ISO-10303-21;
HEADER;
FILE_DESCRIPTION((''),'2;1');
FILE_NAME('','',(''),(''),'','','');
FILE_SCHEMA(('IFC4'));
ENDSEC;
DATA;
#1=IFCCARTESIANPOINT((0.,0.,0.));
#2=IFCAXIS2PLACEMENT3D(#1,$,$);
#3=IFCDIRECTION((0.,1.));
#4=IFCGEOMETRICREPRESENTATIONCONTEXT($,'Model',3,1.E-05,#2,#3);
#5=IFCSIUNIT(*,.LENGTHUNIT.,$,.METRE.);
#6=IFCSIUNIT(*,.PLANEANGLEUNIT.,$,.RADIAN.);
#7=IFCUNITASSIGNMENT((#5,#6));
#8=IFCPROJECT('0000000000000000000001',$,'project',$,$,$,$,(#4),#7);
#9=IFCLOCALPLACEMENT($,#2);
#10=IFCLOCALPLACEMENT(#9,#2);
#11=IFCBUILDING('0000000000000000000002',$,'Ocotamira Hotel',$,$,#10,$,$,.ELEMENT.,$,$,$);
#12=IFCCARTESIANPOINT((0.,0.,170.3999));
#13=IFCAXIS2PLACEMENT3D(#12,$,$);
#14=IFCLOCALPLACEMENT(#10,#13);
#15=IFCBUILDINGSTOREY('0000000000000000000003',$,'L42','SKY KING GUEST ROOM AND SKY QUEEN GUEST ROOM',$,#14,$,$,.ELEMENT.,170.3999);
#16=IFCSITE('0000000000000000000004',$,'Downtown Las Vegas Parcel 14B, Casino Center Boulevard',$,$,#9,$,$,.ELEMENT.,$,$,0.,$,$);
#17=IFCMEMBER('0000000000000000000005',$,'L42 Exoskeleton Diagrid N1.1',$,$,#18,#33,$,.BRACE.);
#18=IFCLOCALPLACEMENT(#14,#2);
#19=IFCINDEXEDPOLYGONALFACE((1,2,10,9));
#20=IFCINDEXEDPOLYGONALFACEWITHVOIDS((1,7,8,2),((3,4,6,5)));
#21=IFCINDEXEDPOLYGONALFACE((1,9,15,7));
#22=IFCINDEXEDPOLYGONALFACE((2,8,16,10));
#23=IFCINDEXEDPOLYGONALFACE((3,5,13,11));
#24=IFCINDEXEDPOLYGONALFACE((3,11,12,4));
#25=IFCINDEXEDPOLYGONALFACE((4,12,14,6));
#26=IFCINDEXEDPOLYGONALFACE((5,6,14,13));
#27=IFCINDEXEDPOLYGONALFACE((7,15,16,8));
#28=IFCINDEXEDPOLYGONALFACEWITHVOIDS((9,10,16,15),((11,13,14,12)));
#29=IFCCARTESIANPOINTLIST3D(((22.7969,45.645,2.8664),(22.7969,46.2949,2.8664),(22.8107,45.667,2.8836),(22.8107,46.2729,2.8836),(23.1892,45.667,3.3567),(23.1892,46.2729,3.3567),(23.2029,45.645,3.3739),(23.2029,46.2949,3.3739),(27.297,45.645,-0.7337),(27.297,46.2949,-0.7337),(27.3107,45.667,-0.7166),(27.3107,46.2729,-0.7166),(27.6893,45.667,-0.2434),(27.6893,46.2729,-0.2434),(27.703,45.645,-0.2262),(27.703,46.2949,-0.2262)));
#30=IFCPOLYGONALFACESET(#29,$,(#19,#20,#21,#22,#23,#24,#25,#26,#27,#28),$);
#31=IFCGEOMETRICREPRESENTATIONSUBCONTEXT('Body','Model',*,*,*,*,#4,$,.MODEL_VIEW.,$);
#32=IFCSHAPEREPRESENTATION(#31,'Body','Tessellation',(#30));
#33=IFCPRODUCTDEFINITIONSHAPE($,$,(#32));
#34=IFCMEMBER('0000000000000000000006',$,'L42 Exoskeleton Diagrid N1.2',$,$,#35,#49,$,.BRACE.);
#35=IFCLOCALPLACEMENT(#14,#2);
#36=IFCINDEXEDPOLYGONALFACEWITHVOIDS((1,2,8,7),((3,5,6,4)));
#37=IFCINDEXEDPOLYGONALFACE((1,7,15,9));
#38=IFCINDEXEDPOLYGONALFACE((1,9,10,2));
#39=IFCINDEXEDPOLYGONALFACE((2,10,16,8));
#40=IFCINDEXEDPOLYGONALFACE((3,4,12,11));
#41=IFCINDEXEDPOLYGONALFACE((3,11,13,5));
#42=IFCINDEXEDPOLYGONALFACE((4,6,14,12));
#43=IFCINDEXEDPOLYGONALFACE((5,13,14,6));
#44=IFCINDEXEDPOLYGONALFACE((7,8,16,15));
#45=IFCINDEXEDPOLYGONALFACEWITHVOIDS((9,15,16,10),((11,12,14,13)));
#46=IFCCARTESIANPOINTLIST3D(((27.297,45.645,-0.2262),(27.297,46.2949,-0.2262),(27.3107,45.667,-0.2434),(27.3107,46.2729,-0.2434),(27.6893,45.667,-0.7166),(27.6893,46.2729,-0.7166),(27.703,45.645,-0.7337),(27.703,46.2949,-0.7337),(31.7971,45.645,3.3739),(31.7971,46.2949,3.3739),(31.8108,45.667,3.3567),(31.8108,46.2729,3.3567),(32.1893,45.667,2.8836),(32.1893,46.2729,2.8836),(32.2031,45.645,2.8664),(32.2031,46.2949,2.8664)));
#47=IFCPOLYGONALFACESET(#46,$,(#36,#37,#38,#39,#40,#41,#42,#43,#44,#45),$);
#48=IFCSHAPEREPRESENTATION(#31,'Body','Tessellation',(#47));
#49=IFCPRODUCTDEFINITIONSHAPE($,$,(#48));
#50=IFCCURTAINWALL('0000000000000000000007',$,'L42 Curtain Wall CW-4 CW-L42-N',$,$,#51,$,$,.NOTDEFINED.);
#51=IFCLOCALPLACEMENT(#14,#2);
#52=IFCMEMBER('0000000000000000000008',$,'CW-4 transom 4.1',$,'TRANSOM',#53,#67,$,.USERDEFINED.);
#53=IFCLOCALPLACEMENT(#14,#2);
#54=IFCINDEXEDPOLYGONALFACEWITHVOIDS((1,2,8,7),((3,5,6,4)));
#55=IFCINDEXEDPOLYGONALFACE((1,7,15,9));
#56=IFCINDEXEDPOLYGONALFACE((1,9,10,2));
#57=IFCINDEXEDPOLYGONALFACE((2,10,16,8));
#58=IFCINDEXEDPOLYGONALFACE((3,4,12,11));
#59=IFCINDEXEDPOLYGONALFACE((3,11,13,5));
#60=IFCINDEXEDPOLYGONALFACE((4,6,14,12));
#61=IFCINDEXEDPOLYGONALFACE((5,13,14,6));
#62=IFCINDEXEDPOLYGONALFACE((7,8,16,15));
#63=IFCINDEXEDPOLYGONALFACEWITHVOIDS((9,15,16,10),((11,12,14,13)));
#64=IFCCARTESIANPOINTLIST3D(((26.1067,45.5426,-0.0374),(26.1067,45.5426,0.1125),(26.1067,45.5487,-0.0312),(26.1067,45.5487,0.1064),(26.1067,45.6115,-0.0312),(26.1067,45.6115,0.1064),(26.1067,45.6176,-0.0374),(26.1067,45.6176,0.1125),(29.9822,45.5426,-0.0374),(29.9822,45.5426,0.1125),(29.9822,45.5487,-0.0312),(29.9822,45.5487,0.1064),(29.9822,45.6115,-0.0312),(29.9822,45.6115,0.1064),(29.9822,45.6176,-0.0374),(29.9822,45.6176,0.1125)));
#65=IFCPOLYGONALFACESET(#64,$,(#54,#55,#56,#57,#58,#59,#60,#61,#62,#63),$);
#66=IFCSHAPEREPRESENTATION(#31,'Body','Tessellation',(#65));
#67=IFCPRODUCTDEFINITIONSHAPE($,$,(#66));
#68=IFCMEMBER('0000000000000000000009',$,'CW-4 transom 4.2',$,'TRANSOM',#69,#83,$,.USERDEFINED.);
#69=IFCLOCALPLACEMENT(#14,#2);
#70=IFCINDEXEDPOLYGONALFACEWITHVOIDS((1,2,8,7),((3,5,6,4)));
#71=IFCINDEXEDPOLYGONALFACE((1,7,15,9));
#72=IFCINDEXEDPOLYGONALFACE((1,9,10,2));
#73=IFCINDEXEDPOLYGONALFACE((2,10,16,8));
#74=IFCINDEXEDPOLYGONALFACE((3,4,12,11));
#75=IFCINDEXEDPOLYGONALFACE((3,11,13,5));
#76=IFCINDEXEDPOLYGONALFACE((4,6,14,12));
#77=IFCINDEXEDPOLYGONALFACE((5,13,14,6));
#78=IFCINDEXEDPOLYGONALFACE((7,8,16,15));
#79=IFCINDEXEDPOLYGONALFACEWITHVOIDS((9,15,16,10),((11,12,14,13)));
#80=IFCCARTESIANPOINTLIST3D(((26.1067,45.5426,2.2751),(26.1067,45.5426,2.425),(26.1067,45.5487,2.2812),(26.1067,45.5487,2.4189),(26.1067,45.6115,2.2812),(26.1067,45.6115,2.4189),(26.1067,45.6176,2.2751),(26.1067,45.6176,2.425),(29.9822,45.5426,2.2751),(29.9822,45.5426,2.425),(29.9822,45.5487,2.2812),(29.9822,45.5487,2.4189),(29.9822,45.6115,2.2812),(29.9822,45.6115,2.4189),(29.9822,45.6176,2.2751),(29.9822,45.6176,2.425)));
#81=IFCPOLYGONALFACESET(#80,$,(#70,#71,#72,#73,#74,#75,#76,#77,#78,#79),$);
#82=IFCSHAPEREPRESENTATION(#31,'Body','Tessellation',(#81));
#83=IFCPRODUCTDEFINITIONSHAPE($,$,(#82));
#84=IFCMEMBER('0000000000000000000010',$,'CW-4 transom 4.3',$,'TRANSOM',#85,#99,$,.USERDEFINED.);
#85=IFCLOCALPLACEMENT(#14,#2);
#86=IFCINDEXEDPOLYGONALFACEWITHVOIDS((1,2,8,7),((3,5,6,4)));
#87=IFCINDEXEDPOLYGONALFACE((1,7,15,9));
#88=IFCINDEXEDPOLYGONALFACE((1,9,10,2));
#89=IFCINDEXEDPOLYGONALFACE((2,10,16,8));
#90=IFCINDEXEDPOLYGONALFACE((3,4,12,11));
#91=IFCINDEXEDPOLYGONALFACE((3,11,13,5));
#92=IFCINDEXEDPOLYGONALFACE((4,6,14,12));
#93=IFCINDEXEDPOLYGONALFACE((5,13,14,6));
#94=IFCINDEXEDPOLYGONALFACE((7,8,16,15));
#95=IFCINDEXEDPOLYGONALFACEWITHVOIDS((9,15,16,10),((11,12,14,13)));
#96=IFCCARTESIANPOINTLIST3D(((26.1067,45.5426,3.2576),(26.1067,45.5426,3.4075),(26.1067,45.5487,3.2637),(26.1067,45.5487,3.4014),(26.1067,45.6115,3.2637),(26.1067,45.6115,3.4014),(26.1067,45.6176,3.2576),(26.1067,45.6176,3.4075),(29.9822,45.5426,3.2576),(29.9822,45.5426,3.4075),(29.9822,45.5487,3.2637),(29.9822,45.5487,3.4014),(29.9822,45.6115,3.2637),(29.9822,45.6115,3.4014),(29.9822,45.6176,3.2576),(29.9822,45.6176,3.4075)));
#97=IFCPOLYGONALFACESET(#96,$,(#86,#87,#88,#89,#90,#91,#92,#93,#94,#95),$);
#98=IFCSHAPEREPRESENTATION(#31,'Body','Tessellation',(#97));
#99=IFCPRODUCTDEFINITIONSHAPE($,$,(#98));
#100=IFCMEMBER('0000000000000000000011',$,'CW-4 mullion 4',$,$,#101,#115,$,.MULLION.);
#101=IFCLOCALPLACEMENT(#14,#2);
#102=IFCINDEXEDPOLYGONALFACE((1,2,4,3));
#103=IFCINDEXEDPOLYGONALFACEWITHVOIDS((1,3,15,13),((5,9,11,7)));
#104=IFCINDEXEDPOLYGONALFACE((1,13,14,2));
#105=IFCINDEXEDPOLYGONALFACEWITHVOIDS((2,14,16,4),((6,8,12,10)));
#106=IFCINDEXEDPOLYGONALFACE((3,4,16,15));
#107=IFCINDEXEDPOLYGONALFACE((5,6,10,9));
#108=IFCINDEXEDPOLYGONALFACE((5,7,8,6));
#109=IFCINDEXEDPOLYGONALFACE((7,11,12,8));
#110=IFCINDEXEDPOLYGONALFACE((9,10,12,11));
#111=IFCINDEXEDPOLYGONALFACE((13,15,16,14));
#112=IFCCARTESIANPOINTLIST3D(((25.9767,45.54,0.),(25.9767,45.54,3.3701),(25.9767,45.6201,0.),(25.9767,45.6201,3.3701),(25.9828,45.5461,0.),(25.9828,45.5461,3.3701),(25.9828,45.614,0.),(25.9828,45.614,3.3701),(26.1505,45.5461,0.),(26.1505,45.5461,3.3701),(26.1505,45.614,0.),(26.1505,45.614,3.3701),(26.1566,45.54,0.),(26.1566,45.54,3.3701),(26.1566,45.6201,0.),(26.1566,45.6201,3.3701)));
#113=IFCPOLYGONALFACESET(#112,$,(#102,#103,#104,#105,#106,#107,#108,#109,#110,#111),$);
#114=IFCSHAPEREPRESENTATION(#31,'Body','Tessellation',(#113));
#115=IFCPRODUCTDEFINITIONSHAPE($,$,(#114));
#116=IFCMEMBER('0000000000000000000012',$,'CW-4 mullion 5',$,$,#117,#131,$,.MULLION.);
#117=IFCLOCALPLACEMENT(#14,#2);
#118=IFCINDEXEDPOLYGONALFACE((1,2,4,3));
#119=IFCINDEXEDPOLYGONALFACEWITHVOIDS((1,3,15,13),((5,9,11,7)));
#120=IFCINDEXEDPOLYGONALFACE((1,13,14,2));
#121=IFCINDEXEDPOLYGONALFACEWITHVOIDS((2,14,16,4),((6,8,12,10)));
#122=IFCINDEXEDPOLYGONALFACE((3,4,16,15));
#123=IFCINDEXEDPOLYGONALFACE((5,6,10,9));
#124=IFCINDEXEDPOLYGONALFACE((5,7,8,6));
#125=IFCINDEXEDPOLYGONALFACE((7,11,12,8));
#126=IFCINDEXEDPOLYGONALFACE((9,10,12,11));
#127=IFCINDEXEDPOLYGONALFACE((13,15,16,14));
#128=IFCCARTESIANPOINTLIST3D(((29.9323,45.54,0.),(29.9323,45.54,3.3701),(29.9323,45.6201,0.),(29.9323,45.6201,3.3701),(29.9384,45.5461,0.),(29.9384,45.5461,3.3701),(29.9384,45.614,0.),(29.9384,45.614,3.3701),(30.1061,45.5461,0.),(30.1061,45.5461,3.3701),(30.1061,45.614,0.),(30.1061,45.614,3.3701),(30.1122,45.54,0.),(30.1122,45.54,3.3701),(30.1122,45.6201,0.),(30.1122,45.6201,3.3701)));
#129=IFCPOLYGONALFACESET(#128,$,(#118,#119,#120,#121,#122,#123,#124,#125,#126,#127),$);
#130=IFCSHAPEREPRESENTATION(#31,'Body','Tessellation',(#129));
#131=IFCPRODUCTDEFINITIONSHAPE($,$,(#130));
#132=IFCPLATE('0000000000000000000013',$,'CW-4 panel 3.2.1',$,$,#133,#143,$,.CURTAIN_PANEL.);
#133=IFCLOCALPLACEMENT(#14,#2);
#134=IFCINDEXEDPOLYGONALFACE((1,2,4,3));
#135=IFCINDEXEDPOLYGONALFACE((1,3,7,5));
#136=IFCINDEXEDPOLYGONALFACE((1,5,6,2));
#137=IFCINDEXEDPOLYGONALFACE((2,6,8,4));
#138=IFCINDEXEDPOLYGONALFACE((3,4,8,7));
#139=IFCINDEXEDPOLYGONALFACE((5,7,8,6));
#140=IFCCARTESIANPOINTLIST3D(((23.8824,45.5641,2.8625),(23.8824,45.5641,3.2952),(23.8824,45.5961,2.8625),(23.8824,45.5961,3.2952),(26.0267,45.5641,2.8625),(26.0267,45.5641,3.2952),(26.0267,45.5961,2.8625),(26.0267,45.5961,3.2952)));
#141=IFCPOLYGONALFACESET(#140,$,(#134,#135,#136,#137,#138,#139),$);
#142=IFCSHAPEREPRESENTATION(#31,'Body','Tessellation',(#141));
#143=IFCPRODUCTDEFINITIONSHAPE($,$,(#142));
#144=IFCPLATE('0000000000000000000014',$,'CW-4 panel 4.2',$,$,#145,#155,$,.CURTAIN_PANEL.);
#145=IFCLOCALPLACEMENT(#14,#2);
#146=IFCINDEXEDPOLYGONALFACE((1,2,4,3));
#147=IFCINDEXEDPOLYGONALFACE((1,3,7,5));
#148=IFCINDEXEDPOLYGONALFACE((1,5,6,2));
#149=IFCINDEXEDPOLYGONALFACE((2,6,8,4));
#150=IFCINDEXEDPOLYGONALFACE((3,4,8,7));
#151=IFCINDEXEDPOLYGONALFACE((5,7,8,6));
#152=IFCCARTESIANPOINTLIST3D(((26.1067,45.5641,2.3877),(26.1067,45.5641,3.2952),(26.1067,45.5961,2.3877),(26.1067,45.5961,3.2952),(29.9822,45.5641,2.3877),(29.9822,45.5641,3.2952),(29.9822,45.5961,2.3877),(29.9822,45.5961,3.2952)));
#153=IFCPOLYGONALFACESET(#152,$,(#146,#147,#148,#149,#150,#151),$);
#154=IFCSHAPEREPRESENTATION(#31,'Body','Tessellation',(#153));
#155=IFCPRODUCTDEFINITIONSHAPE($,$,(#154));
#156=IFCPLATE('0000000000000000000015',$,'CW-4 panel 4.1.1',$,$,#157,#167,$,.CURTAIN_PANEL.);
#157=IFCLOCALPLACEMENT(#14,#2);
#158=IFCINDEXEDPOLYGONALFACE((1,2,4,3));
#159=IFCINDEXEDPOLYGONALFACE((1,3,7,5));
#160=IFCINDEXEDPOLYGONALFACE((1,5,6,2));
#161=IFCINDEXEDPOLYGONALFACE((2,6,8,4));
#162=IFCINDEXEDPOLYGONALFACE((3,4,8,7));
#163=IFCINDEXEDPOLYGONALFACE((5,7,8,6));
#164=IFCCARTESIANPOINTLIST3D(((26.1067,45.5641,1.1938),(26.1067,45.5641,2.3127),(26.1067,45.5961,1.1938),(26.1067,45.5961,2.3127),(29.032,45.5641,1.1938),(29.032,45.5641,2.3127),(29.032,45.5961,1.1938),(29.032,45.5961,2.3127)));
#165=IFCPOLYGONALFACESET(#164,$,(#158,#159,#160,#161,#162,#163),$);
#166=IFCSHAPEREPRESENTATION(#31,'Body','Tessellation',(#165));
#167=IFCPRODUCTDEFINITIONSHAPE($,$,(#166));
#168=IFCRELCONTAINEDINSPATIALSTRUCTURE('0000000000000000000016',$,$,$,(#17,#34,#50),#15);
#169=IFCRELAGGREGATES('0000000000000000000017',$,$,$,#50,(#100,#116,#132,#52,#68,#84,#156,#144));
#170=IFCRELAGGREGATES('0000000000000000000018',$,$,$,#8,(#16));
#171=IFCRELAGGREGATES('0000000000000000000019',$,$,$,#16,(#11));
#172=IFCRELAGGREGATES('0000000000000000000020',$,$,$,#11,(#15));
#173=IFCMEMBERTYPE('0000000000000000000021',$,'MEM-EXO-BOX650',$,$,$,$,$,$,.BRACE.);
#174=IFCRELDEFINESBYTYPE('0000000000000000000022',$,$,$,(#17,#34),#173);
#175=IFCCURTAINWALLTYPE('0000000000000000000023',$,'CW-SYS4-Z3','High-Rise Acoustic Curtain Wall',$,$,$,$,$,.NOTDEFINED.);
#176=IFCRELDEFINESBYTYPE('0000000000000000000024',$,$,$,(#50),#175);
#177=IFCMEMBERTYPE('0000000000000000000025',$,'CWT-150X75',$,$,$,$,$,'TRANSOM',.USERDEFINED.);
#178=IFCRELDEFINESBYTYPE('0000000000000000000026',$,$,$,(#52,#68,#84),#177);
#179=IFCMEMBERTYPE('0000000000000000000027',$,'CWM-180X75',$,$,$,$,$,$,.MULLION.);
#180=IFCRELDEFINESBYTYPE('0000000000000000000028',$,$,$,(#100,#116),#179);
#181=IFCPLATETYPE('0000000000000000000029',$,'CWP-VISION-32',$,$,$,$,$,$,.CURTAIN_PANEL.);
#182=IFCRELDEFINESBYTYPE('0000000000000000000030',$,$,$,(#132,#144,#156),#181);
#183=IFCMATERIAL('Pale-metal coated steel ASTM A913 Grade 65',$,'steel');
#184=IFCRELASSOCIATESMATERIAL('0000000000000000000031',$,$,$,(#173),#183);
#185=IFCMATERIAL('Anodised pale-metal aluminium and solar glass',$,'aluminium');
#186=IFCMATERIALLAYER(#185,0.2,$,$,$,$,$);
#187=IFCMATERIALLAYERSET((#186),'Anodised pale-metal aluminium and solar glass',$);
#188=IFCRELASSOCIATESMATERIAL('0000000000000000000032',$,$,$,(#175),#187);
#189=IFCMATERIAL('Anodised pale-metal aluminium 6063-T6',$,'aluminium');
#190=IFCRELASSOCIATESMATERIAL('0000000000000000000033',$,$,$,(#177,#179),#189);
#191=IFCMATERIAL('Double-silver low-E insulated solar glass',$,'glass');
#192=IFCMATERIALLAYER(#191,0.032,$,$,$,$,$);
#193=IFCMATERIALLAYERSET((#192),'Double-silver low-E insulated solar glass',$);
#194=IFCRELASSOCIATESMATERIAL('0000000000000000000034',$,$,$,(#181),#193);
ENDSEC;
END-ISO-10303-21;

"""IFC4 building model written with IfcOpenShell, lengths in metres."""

from ifc_helpers import new_model, si_unit, direction, frame, origin, origin_2d, place, context, subcontext, project, spatial, rectangle, hollow_rectangle, extrude, source, transform, mapped, material, layer, layer_set, material_profile, profile_set, type_object, element, aggregate, save


model = new_model("IFC4")

# Units and contexts
model_context = context("Model", 3, precision=1e-05, world=origin(), true_north=direction((0.0, 1.0)))
body_context = subcontext(model_context, "Body", "Model", "MODEL_VIEW")
ifc_project = project(units=[si_unit("LENGTHUNIT", "METRE"), si_unit("PLANEANGLEUNIT", "RADIAN")], contexts=[model_context])

# Site, building, storey
site_placement = place(None, origin())
site = spatial("IfcSite", under=ifc_project, at=site_placement, Name="Downtown Las Vegas Parcel 14B, Casino Center Boulevard", CompositionType="ELEMENT", RefElevation=0.0)
building_placement = place(site_placement, origin())
building = spatial("IfcBuilding", under=site, at=building_placement, Name="Ocotamira Hotel", CompositionType="ELEMENT")
storey_placement = place(building_placement, frame((0.0, 0.0, 170.3999)))
storey = spatial("IfcBuildingStorey", under=building, at=storey_placement, Name="L42", Description="SKY KING GUEST ROOM AND SKY QUEEN GUEST ROOM", CompositionType="ELEMENT", Elevation=170.3999)

# Members
ifc_material_1 = material(Name="Pale-metal coated steel ASTM A913 Grade 65", Category="steel")
ifc_material_profile_1 = material_profile(ifc_material_1, hollow_rectangle(XDim=0.6499, YDim=0.6499, WallThickness=0.022, at=origin_2d()), Name="BOX650X650X22")
ifc_profile_set_1 = profile_set([ifc_material_profile_1], Name="Pale-metal coated steel ASTM A913 Grade 65")
member_type_1 = type_object("IfcMemberType", Name="MEM-EXO-BOX650", PredefinedType="BRACE", material=ifc_profile_set_1)
shared_shape_1 = source(origin(), body_context, "Body", "SweptSolid", [
    extrude(hollow_rectangle(XDim=0.6499, YDim=0.6499, WallThickness=0.022, at=origin_2d()), origin(), (0.0, 0.0, 1.0), 5.7629),
])
for number, where, z_axis, x_axis, name in (
    (1, (27.5, 45.97, -0.48), (-0.780861, 0.0, 0.624705), (0.0, -1.0, 0.0), "L42 Exoskeleton Diagrid N1.1"),
    (2, (27.5, 45.97, -0.48), (0.780861, 0.0, 0.624705), (0.0, 1.0, 0.0), "L42 Exoskeleton Diagrid N1.2"),
):
    element("IfcMember", number, at=place(storey_placement, frame(where, z_axis=z_axis, x_axis=x_axis)), inside=storey, type_object=member_type_1, Name=name, PredefinedType="BRACE", context=body_context, shape_type="MappedRepresentation", body=[
        mapped(shared_shape_1, transform((0.0, 0.0, 0.0), scale=1.0)),
    ])

# Curtain wall, members, plates
ifc_material_2 = material(Name="Anodised pale-metal aluminium and solar glass", Category="aluminium")
ifc_layer_1 = layer(ifc_material_2, 0.2)
ifc_layer_set_1 = layer_set([ifc_layer_1], Name="Anodised pale-metal aluminium and solar glass")
curtain_wall_type = type_object("IfcCurtainWallType", Name="CW-SYS4-Z3", Description="High-Rise Acoustic Curtain Wall", PredefinedType="NOTDEFINED", material=ifc_layer_set_1)
curtain_wall_placement = place(storey_placement, origin())
curtain_wall = element("IfcCurtainWall", 3, at=curtain_wall_placement, inside=storey, type_object=curtain_wall_type, Name="L42 Curtain Wall CW-4 CW-L42-N", PredefinedType="NOTDEFINED")
ifc_material_3 = material(Name="Anodised pale-metal aluminium 6063-T6", Category="aluminium")
ifc_material_profile_2 = material_profile(ifc_material_3, hollow_rectangle(XDim=0.075, YDim=0.1499, WallThickness=0.0061, at=origin_2d()), Name="HSS150X75X6")
ifc_profile_set_2 = profile_set([ifc_material_profile_2], Name="Anodised pale-metal aluminium 6063-T6")
member_type_2 = type_object("IfcMemberType", Name="CWT-150X75", ElementType="TRANSOM", PredefinedType="USERDEFINED", material=ifc_profile_set_2)
shared_shape_2 = source(origin(), body_context, "Body", "SweptSolid", [
    extrude(hollow_rectangle(XDim=0.075, YDim=0.1499, WallThickness=0.0061, at=origin_2d()), origin(), (0.0, 0.0, 1.0), 3.8755),
])
member_1_placement = place(storey_placement, frame((26.1067, 45.5801, 0.0376), z_axis=(1.0, 0.0, 0.0), x_axis=(0.0, 1.0, 0.0)))
member_1 = element("IfcMember", 4, at=member_1_placement, type_object=member_type_2, Name="CW-4 transom 4.1", ObjectType="TRANSOM", PredefinedType="USERDEFINED", context=body_context, shape_type="MappedRepresentation", body=[
    mapped(shared_shape_2, transform((0.0, 0.0, 0.0), scale=1.0)),
])
member_2_placement = place(storey_placement, frame((26.1067, 45.5801, 2.3501), z_axis=(1.0, 0.0, 0.0), x_axis=(0.0, 1.0, 0.0)))
member_2 = element("IfcMember", 5, at=member_2_placement, type_object=member_type_2, Name="CW-4 transom 4.2", ObjectType="TRANSOM", PredefinedType="USERDEFINED", context=body_context, shape_type="MappedRepresentation", body=[
    mapped(shared_shape_2, transform((0.0, 0.0, 0.0), scale=1.0)),
])
member_3_placement = place(storey_placement, frame((26.1067, 45.5801, 3.3325), z_axis=(1.0, 0.0, 0.0), x_axis=(0.0, 1.0, 0.0)))
member_3 = element("IfcMember", 6, at=member_3_placement, type_object=member_type_2, Name="CW-4 transom 4.3", ObjectType="TRANSOM", PredefinedType="USERDEFINED", context=body_context, shape_type="MappedRepresentation", body=[
    mapped(shared_shape_2, transform((0.0, 0.0, 0.0), scale=1.0)),
])
ifc_material_profile_3 = material_profile(ifc_material_3, hollow_rectangle(XDim=0.0801, YDim=0.1799, WallThickness=0.0061, at=origin_2d()), Name="HSS180X80X6")
ifc_profile_set_3 = profile_set([ifc_material_profile_3], Name="Anodised pale-metal aluminium 6063-T6")
member_type_3 = type_object("IfcMemberType", Name="CWM-180X75", PredefinedType="MULLION", material=ifc_profile_set_3)
shared_shape_3 = source(origin(), body_context, "Body", "SweptSolid", [
    extrude(hollow_rectangle(XDim=0.0801, YDim=0.1799, WallThickness=0.0061, at=origin_2d()), origin(), (0.0, 0.0, 1.0), 3.3701),
])
member_4_placement = place(storey_placement, frame((26.0667, 45.5801, 0.0), z_axis=(0.0, 0.0, 1.0), x_axis=(0.0, 1.0, 0.0)))
member_4 = element("IfcMember", 7, at=member_4_placement, type_object=member_type_3, Name="CW-4 mullion 4", PredefinedType="MULLION", context=body_context, shape_type="MappedRepresentation", body=[
    mapped(shared_shape_3, transform((0.0, 0.0, 0.0), scale=1.0)),
])
member_5_placement = place(storey_placement, frame((30.0222, 45.5801, 0.0), z_axis=(0.0, 0.0, 1.0), x_axis=(0.0, 1.0, 0.0)))
member_5 = element("IfcMember", 8, at=member_5_placement, type_object=member_type_3, Name="CW-4 mullion 5", PredefinedType="MULLION", context=body_context, shape_type="MappedRepresentation", body=[
    mapped(shared_shape_3, transform((0.0, 0.0, 0.0), scale=1.0)),
])
ifc_material_4 = material(Name="Double-silver low-E insulated solar glass", Category="glass")
ifc_layer_2 = layer(ifc_material_4, 0.032)
ifc_layer_set_2 = layer_set([ifc_layer_2], Name="Double-silver low-E insulated solar glass")
plate_type = type_object("IfcPlateType", Name="CWP-VISION-32", PredefinedType="CURTAIN_PANEL", material=ifc_layer_set_2)
shared_shape_4 = source(origin(), body_context, "Body", "SweptSolid", [
    extrude(rectangle(XDim=2.1443, YDim=0.032, at=origin_2d()), origin(), (0.0, 0.0, 1.0), 0.4326),
])
plate_1_placement = place(storey_placement, frame((24.9546, 45.5801, 2.8625), z_axis=(0.0, 0.0, 1.0), x_axis=(1.0, 0.0, 0.0)))
plate_1 = element("IfcPlate", 9, at=plate_1_placement, type_object=plate_type, Name="CW-4 panel 3.2.1", PredefinedType="CURTAIN_PANEL", context=body_context, shape_type="MappedRepresentation", body=[
    mapped(shared_shape_4, transform((0.0, 0.0, 0.0), scale=1.0)),
])
shared_shape_5 = source(origin(), body_context, "Body", "SweptSolid", [
    extrude(rectangle(XDim=3.8755, YDim=0.032, at=origin_2d()), origin(), (0.0, 0.0, 1.0), 0.9075),
])
plate_2_placement = place(storey_placement, frame((28.0444, 45.5801, 2.3877), z_axis=(0.0, 0.0, 1.0), x_axis=(1.0, 0.0, 0.0)))
plate_2 = element("IfcPlate", 10, at=plate_2_placement, type_object=plate_type, Name="CW-4 panel 4.2", PredefinedType="CURTAIN_PANEL", context=body_context, shape_type="MappedRepresentation", body=[
    mapped(shared_shape_5, transform((0.0, 0.0, 0.0), scale=1.0)),
])
shared_shape_6 = source(origin(), body_context, "Body", "SweptSolid", [
    extrude(rectangle(XDim=2.9253, YDim=0.032, at=origin_2d()), origin(), (0.0, 0.0, 1.0), 1.1189),
])
plate_3_placement = place(storey_placement, frame((27.5693, 45.5801, 1.1938), z_axis=(0.0, 0.0, 1.0), x_axis=(1.0, 0.0, 0.0)))
plate_3 = element("IfcPlate", 11, at=plate_3_placement, type_object=plate_type, Name="CW-4 panel 4.1.1", PredefinedType="CURTAIN_PANEL", context=body_context, shape_type="MappedRepresentation", body=[
    mapped(shared_shape_6, transform((0.0, 0.0, 0.0), scale=1.0)),
])
aggregate(curtain_wall, [member_4, member_5, plate_1, member_1, member_2, member_3, plate_3, plate_2])

save(model, "model.ifc")
